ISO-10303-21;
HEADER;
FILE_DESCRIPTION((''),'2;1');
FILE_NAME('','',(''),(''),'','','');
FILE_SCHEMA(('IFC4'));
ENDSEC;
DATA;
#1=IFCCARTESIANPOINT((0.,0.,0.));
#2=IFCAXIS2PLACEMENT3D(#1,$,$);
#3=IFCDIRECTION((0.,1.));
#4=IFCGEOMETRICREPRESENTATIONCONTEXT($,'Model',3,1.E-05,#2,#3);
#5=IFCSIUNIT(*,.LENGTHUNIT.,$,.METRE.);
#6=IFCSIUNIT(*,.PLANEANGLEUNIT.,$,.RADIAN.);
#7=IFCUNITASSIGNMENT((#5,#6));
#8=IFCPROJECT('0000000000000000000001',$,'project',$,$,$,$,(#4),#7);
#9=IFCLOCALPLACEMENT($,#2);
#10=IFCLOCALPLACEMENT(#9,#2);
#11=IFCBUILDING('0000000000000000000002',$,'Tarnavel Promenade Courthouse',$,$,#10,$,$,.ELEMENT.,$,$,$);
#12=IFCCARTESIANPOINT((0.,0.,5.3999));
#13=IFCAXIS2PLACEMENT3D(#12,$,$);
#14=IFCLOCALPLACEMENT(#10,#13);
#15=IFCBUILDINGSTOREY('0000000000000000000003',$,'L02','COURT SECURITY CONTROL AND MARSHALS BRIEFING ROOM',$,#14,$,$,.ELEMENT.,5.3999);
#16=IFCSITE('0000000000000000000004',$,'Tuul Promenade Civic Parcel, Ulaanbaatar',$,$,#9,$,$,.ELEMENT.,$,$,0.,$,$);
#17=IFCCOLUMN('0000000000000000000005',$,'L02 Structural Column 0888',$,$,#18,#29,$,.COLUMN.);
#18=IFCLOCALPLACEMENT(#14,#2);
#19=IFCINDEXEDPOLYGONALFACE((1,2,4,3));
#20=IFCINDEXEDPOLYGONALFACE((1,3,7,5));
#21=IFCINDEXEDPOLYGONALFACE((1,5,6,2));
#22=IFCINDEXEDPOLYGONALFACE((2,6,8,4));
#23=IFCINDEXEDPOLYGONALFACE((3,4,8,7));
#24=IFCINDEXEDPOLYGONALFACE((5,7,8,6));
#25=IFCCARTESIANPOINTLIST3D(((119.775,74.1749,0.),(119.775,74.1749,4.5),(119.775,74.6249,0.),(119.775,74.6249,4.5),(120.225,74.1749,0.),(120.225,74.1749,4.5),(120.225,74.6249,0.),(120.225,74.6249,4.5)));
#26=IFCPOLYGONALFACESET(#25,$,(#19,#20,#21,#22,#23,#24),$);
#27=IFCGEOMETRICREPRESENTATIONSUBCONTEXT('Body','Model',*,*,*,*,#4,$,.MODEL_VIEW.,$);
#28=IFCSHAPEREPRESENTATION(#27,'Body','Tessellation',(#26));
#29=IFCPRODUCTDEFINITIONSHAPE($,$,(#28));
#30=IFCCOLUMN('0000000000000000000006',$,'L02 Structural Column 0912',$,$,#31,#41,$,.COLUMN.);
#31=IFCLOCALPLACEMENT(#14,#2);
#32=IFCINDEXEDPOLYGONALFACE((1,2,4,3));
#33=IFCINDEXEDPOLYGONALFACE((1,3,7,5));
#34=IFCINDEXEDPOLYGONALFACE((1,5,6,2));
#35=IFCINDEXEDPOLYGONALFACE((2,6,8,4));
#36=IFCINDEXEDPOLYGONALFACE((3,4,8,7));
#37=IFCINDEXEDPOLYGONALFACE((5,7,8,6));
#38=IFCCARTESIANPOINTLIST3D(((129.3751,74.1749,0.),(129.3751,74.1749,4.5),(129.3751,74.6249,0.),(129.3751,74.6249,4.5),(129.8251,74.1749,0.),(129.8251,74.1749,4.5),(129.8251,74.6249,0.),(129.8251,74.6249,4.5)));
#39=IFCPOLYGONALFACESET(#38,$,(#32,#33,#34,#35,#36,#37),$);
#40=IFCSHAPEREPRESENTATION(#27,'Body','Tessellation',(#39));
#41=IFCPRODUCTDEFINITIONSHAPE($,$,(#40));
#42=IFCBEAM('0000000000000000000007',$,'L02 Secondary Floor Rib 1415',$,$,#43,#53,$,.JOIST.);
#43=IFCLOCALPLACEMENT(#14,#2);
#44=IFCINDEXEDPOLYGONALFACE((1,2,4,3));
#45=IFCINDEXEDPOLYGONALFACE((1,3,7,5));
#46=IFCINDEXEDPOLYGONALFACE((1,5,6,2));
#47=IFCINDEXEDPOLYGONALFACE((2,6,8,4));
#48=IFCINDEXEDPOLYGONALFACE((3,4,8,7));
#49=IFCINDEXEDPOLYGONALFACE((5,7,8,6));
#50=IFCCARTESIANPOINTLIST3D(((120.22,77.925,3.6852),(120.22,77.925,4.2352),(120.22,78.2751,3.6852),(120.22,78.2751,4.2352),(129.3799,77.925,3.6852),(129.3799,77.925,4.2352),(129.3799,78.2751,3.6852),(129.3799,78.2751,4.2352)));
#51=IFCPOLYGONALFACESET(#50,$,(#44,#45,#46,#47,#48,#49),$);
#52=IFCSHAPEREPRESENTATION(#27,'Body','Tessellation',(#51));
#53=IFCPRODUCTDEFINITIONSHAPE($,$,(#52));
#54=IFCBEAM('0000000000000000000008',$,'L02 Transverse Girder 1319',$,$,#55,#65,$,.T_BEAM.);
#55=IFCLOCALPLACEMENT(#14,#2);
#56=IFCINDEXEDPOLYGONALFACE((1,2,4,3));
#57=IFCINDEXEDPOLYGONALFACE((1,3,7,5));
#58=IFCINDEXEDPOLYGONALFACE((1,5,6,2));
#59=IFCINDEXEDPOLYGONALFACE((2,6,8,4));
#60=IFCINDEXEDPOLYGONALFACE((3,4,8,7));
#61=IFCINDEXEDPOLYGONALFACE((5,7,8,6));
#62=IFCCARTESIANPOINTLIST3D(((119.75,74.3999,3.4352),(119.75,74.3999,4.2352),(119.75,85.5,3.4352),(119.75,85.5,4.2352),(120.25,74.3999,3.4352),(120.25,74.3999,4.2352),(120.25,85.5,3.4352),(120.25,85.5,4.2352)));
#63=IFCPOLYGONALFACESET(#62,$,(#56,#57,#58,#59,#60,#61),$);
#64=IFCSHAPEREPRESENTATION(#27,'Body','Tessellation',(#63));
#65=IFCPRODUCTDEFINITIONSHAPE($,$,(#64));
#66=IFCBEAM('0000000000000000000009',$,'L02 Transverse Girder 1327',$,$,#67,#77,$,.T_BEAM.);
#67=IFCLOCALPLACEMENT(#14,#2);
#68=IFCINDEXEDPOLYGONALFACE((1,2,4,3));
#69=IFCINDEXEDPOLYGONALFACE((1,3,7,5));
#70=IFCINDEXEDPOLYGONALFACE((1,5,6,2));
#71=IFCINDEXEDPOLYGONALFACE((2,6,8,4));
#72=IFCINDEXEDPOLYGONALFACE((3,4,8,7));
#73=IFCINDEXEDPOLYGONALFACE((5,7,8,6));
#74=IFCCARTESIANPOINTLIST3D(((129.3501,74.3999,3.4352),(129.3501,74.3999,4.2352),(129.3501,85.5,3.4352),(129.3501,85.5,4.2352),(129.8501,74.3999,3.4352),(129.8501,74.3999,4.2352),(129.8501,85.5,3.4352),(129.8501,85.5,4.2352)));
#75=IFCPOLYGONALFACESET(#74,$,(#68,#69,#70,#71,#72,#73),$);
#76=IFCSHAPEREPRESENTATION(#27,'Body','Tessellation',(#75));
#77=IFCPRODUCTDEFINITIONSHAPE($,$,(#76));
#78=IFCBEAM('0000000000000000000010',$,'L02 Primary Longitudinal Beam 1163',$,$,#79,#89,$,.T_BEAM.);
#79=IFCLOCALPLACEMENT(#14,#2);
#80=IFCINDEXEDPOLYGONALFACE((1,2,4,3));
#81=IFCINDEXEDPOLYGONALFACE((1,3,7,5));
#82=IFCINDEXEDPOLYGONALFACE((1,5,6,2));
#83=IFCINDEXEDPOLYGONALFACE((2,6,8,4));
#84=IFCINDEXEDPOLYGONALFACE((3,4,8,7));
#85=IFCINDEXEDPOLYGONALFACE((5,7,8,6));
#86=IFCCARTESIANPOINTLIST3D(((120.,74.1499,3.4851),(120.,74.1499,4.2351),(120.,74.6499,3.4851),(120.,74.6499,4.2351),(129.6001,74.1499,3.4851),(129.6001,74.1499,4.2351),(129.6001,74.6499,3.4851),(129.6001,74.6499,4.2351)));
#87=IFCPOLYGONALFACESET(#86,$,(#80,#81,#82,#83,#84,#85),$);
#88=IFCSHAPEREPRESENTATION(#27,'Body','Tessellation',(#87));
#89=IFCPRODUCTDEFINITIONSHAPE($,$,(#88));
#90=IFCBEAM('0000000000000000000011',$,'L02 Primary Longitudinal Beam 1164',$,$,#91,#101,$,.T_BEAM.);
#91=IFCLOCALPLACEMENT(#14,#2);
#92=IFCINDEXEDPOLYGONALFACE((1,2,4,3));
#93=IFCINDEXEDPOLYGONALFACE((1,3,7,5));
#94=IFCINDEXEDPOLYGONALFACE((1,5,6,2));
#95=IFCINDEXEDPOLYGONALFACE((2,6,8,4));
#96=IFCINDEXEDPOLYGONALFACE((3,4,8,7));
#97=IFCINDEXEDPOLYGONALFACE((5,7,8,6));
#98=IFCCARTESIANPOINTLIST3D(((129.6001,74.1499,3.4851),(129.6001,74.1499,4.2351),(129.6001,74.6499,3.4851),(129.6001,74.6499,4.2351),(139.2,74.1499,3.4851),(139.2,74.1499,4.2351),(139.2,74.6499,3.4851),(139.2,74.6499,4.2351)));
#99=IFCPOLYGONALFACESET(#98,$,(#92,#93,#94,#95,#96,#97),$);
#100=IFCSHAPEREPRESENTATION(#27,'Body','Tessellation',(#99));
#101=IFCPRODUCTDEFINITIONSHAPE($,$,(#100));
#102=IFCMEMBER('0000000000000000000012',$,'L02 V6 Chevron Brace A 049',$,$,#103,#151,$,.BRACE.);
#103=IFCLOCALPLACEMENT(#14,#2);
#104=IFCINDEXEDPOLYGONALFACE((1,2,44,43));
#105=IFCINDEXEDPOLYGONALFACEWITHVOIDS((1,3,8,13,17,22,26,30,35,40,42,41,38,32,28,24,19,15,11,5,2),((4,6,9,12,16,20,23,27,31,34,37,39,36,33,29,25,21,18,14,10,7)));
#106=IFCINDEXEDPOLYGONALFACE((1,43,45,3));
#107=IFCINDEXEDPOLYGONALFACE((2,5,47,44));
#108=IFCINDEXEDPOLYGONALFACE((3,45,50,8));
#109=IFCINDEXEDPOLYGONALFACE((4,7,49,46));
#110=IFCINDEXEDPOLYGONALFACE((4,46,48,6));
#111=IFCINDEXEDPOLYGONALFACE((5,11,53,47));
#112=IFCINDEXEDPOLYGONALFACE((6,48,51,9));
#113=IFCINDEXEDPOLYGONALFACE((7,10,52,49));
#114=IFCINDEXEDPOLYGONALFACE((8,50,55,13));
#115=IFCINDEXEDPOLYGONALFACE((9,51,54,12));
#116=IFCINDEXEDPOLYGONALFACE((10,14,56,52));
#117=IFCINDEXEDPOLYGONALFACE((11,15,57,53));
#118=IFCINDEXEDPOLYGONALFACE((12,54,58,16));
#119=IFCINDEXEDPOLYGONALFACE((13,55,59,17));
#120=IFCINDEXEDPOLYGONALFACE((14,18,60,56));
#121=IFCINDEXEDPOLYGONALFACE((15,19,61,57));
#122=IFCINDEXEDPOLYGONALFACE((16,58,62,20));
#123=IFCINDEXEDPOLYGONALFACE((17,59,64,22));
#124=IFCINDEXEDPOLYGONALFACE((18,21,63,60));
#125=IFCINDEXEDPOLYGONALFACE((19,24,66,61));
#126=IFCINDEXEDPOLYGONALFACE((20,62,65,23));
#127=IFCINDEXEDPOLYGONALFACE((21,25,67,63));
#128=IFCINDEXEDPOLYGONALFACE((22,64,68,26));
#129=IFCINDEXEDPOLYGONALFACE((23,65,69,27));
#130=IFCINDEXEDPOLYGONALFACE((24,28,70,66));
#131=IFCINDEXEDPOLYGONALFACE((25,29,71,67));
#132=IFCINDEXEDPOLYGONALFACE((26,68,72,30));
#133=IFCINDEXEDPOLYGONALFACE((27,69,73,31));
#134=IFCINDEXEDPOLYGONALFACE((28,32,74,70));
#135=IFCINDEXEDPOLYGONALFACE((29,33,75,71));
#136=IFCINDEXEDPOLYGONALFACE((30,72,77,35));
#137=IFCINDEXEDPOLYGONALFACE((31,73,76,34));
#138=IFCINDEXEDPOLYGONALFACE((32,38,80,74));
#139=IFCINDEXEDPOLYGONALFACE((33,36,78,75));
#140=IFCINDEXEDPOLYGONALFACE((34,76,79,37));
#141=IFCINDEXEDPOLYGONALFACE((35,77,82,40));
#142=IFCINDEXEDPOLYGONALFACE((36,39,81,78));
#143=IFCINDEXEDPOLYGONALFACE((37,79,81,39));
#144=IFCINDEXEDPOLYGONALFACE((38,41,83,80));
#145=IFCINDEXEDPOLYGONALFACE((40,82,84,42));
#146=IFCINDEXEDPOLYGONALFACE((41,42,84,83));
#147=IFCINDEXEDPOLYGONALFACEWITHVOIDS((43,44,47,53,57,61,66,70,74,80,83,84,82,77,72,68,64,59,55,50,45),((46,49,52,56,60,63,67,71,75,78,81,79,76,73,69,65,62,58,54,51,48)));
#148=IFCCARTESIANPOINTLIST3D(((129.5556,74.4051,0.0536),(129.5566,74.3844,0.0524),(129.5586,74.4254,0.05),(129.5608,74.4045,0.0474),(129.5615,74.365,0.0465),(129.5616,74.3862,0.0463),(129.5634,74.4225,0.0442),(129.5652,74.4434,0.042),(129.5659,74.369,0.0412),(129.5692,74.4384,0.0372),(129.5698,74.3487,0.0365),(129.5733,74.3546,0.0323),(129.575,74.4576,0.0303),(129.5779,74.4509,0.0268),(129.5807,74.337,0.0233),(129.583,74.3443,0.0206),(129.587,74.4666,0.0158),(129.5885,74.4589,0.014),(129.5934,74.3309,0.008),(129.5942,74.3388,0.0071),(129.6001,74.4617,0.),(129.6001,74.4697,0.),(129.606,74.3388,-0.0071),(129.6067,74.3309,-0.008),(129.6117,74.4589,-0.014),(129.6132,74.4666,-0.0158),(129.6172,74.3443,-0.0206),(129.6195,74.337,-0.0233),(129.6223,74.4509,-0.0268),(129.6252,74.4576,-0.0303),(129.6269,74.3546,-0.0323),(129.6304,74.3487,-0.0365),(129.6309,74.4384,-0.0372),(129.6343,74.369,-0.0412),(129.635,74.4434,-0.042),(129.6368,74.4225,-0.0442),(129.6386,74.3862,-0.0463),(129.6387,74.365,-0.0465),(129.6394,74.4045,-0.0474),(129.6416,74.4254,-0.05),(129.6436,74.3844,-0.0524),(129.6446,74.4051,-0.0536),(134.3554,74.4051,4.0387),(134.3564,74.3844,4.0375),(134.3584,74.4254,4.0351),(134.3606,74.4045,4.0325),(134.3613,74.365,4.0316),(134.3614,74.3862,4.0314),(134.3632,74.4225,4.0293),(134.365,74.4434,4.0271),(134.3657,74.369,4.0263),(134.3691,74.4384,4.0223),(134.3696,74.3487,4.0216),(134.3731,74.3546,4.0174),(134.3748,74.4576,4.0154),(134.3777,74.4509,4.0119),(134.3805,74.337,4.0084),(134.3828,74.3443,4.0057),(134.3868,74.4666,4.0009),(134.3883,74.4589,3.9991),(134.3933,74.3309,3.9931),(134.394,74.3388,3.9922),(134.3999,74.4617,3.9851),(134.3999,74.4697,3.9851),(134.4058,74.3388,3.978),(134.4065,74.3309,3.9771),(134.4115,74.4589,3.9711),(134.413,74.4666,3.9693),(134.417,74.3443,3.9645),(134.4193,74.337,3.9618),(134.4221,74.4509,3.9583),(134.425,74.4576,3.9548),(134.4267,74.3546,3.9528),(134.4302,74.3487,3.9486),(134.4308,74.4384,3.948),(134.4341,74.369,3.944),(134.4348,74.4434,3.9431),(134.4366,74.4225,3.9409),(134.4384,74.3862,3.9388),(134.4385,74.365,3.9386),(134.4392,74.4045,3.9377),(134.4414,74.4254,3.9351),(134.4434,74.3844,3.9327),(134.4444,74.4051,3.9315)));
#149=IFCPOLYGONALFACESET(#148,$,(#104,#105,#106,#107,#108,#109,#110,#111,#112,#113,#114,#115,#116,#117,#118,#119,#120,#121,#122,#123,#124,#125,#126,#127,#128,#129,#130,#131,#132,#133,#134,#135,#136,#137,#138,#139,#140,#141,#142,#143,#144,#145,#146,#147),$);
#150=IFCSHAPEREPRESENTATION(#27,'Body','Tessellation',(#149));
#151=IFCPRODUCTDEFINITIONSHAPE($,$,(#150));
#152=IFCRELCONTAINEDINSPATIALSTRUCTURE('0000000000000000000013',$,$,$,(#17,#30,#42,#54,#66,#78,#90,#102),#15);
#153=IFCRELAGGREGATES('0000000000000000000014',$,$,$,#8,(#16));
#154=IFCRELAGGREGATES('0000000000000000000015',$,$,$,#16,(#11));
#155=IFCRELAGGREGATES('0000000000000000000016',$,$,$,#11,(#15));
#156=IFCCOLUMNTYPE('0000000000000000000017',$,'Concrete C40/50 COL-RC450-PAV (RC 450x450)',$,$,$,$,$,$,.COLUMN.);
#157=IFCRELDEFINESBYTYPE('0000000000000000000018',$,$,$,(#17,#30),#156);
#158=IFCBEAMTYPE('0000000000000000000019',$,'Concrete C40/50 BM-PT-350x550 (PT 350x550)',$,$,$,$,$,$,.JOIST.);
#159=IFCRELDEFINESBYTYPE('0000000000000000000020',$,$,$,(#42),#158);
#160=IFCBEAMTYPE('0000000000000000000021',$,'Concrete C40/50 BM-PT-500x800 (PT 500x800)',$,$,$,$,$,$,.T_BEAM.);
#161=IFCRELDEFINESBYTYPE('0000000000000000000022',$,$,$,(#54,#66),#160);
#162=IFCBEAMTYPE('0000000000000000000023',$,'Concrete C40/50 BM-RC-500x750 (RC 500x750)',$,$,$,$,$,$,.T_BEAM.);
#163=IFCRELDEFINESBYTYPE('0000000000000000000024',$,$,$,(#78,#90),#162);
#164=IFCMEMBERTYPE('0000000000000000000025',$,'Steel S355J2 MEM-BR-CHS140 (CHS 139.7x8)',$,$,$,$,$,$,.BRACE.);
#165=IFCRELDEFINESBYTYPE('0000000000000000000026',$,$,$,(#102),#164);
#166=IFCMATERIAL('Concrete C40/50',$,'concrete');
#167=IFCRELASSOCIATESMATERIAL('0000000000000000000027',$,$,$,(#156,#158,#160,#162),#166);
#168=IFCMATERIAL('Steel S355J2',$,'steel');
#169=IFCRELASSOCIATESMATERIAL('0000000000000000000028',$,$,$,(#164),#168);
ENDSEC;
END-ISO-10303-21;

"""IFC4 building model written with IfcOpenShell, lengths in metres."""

from ifc_helpers import new_model, si_unit, direction, frame, origin, origin_2d, place, context, subcontext, project, spatial, rectangle, hollow_circle, extrude, material, material_profile, profile_set, type_object, element, save


model = new_model("IFC4")

# Units and contexts
model_context = context("Model", 3, precision=1e-05, world=origin(), true_north=direction((0.0, 1.0)))
body_context = subcontext(model_context, "Body", "Model", "MODEL_VIEW")
ifc_project = project(units=[si_unit("LENGTHUNIT", "METRE"), si_unit("PLANEANGLEUNIT", "RADIAN")], contexts=[model_context])

# Site, building, storey
site_placement = place(None, origin())
site = spatial("IfcSite", under=ifc_project, at=site_placement, Name="Tuul Promenade Civic Parcel, Ulaanbaatar", CompositionType="ELEMENT", RefElevation=0.0)
building_placement = place(site_placement, origin())
building = spatial("IfcBuilding", under=site, at=building_placement, Name="Tarnavel Promenade Courthouse", CompositionType="ELEMENT")
storey_placement = place(building_placement, frame((0.0, 0.0, 5.3999)))
storey = spatial("IfcBuildingStorey", under=building, at=storey_placement, Name="L02", Description="COURT SECURITY CONTROL AND MARSHALS BRIEFING ROOM", CompositionType="ELEMENT", Elevation=5.3999)

# Columns
ifc_material_1 = material(Name="Concrete C40/50", Category="concrete")
ifc_material_profile_1 = material_profile(ifc_material_1, rectangle(XDim=0.45, YDim=0.45, at=origin_2d()), Name="RC 450x450")
ifc_profile_set_1 = profile_set([ifc_material_profile_1], Name="Concrete C40/50")
column_type = type_object("IfcColumnType", Name="Concrete C40/50 COL-RC450-PAV (RC 450x450)", PredefinedType="COLUMN", material=ifc_profile_set_1)
for number, where, z_axis, x_axis, name in (
    (1, (120.0, 74.3999, 0.0), (0.0, 0.0, 1.0), (1.0, 0.0, 0.0), "L02 Structural Column 0888"),
    (2, (129.6001, 74.3999, 0.0), (0.0, 0.0, 1.0), (1.0, 0.0, 0.0), "L02 Structural Column 0912"),
):
    element("IfcColumn", number, at=place(storey_placement, frame(where, z_axis=z_axis, x_axis=x_axis)), inside=storey, type_object=column_type, Name=name, PredefinedType="COLUMN", context=body_context, shape_type="SweptSolid", body=[
        extrude(rectangle(XDim=0.45, YDim=0.45, at=origin_2d()), origin(), (0.0, 0.0, 1.0), 4.5),
    ])

# Beams
ifc_material_profile_2 = material_profile(ifc_material_1, rectangle(XDim=0.3501, YDim=0.55, at=origin_2d()), Name="PT 350x550")
ifc_profile_set_2 = profile_set([ifc_material_profile_2], Name="Concrete C40/50")
beam_type_1 = type_object("IfcBeamType", Name="Concrete C40/50 BM-PT-350x550 (PT 350x550)", PredefinedType="JOIST", material=ifc_profile_set_2)
beam_1_placement = place(storey_placement, frame((120.22, 78.1001, 3.9602), z_axis=(1.0, 0.0, 0.0), x_axis=(0.0, 1.0, 0.0)))
element("IfcBeam", 3, at=beam_1_placement, inside=storey, type_object=beam_type_1, Name="L02 Secondary Floor Rib 1415", PredefinedType="JOIST", context=body_context, shape_type="SweptSolid", body=[
    extrude(rectangle(XDim=0.3501, YDim=0.55, at=origin_2d()), origin(), (0.0, 0.0, 1.0), 9.1599),
])
ifc_material_profile_3 = material_profile(ifc_material_1, rectangle(XDim=0.5, YDim=0.8, at=origin_2d()), Name="PT 500x800")
ifc_profile_set_3 = profile_set([ifc_material_profile_3], Name="Concrete C40/50")
beam_type_2 = type_object("IfcBeamType", Name="Concrete C40/50 BM-PT-500x800 (PT 500x800)", PredefinedType="T_BEAM", material=ifc_profile_set_3)
for number, where, z_axis, x_axis, name in (
    (4, (120.0, 74.3999, 3.8352), (0.0, 1.0, 0.0), (-1.0, 0.0, 0.0), "L02 Transverse Girder 1319"),
    (5, (129.6001, 74.3999, 3.8352), (0.0, 1.0, 0.0), (-1.0, 0.0, 0.0), "L02 Transverse Girder 1327"),
):
    element("IfcBeam", number, at=place(storey_placement, frame(where, z_axis=z_axis, x_axis=x_axis)), inside=storey, type_object=beam_type_2, Name=name, PredefinedType="T_BEAM", context=body_context, shape_type="SweptSolid", body=[
        extrude(rectangle(XDim=0.5, YDim=0.8, at=origin_2d()), origin(), (0.0, 0.0, 1.0), 11.1001),
    ])
ifc_material_profile_4 = material_profile(ifc_material_1, rectangle(XDim=0.5, YDim=0.75, at=origin_2d()), Name="RC 500x750")
ifc_profile_set_4 = profile_set([ifc_material_profile_4], Name="Concrete C40/50")
beam_type_3 = type_object("IfcBeamType", Name="Concrete C40/50 BM-RC-500x750 (RC 500x750)", PredefinedType="T_BEAM", material=ifc_profile_set_4)
beam_2_placement = place(storey_placement, frame((120.0, 74.3999, 3.8601), z_axis=(1.0, 0.0, 0.0), x_axis=(0.0, 1.0, 0.0)))
element("IfcBeam", 6, at=beam_2_placement, inside=storey, type_object=beam_type_3, Name="L02 Primary Longitudinal Beam 1163", PredefinedType="T_BEAM", context=body_context, shape_type="SweptSolid", body=[
    extrude(rectangle(XDim=0.5, YDim=0.75, at=origin_2d()), origin(), (0.0, 0.0, 1.0), 9.6001),
])
beam_3_placement = place(storey_placement, frame((129.6001, 74.3999, 3.8601), z_axis=(1.0, 0.0, 0.0), x_axis=(0.0, 1.0, 0.0)))
element("IfcBeam", 7, at=beam_3_placement, inside=storey, type_object=beam_type_3, Name="L02 Primary Longitudinal Beam 1164", PredefinedType="T_BEAM", context=body_context, shape_type="SweptSolid", body=[
    extrude(rectangle(XDim=0.5, YDim=0.75, at=origin_2d()), origin(), (0.0, 0.0, 1.0), 9.5999),
])

# Member
ifc_material_2 = material(Name="Steel S355J2", Category="steel")
ifc_material_profile_5 = material_profile(ifc_material_2, hollow_circle(Radius=0.0698, WallThickness=0.0081, at=origin_2d()), Name="CHS 139.7x8")
ifc_profile_set_5 = profile_set([ifc_material_profile_5], Name="Steel S355J2")
member_type_1 = type_object("IfcMemberType", Name="Steel S355J2 MEM-BR-CHS140 (CHS 139.7x8)", PredefinedType="BRACE", material=ifc_profile_set_5)
member_1_placement = place(storey_placement, frame((129.6001, 74.3999, 0.0), z_axis=(0.769381, 0.0, 0.63879), x_axis=(0.0, 1.0, 0.0)))
element("IfcMember", 8, at=member_1_placement, inside=storey, type_object=member_type_1, Name="L02 V6 Chevron Brace A 049", PredefinedType="BRACE", context=body_context, shape_type="SweptSolid", body=[
    extrude(hollow_circle(Radius=0.0698, WallThickness=0.0081, at=origin_2d()), origin(), (0.0, 0.0, 1.0), 6.2385),
])

save(model, "model.ifc")
